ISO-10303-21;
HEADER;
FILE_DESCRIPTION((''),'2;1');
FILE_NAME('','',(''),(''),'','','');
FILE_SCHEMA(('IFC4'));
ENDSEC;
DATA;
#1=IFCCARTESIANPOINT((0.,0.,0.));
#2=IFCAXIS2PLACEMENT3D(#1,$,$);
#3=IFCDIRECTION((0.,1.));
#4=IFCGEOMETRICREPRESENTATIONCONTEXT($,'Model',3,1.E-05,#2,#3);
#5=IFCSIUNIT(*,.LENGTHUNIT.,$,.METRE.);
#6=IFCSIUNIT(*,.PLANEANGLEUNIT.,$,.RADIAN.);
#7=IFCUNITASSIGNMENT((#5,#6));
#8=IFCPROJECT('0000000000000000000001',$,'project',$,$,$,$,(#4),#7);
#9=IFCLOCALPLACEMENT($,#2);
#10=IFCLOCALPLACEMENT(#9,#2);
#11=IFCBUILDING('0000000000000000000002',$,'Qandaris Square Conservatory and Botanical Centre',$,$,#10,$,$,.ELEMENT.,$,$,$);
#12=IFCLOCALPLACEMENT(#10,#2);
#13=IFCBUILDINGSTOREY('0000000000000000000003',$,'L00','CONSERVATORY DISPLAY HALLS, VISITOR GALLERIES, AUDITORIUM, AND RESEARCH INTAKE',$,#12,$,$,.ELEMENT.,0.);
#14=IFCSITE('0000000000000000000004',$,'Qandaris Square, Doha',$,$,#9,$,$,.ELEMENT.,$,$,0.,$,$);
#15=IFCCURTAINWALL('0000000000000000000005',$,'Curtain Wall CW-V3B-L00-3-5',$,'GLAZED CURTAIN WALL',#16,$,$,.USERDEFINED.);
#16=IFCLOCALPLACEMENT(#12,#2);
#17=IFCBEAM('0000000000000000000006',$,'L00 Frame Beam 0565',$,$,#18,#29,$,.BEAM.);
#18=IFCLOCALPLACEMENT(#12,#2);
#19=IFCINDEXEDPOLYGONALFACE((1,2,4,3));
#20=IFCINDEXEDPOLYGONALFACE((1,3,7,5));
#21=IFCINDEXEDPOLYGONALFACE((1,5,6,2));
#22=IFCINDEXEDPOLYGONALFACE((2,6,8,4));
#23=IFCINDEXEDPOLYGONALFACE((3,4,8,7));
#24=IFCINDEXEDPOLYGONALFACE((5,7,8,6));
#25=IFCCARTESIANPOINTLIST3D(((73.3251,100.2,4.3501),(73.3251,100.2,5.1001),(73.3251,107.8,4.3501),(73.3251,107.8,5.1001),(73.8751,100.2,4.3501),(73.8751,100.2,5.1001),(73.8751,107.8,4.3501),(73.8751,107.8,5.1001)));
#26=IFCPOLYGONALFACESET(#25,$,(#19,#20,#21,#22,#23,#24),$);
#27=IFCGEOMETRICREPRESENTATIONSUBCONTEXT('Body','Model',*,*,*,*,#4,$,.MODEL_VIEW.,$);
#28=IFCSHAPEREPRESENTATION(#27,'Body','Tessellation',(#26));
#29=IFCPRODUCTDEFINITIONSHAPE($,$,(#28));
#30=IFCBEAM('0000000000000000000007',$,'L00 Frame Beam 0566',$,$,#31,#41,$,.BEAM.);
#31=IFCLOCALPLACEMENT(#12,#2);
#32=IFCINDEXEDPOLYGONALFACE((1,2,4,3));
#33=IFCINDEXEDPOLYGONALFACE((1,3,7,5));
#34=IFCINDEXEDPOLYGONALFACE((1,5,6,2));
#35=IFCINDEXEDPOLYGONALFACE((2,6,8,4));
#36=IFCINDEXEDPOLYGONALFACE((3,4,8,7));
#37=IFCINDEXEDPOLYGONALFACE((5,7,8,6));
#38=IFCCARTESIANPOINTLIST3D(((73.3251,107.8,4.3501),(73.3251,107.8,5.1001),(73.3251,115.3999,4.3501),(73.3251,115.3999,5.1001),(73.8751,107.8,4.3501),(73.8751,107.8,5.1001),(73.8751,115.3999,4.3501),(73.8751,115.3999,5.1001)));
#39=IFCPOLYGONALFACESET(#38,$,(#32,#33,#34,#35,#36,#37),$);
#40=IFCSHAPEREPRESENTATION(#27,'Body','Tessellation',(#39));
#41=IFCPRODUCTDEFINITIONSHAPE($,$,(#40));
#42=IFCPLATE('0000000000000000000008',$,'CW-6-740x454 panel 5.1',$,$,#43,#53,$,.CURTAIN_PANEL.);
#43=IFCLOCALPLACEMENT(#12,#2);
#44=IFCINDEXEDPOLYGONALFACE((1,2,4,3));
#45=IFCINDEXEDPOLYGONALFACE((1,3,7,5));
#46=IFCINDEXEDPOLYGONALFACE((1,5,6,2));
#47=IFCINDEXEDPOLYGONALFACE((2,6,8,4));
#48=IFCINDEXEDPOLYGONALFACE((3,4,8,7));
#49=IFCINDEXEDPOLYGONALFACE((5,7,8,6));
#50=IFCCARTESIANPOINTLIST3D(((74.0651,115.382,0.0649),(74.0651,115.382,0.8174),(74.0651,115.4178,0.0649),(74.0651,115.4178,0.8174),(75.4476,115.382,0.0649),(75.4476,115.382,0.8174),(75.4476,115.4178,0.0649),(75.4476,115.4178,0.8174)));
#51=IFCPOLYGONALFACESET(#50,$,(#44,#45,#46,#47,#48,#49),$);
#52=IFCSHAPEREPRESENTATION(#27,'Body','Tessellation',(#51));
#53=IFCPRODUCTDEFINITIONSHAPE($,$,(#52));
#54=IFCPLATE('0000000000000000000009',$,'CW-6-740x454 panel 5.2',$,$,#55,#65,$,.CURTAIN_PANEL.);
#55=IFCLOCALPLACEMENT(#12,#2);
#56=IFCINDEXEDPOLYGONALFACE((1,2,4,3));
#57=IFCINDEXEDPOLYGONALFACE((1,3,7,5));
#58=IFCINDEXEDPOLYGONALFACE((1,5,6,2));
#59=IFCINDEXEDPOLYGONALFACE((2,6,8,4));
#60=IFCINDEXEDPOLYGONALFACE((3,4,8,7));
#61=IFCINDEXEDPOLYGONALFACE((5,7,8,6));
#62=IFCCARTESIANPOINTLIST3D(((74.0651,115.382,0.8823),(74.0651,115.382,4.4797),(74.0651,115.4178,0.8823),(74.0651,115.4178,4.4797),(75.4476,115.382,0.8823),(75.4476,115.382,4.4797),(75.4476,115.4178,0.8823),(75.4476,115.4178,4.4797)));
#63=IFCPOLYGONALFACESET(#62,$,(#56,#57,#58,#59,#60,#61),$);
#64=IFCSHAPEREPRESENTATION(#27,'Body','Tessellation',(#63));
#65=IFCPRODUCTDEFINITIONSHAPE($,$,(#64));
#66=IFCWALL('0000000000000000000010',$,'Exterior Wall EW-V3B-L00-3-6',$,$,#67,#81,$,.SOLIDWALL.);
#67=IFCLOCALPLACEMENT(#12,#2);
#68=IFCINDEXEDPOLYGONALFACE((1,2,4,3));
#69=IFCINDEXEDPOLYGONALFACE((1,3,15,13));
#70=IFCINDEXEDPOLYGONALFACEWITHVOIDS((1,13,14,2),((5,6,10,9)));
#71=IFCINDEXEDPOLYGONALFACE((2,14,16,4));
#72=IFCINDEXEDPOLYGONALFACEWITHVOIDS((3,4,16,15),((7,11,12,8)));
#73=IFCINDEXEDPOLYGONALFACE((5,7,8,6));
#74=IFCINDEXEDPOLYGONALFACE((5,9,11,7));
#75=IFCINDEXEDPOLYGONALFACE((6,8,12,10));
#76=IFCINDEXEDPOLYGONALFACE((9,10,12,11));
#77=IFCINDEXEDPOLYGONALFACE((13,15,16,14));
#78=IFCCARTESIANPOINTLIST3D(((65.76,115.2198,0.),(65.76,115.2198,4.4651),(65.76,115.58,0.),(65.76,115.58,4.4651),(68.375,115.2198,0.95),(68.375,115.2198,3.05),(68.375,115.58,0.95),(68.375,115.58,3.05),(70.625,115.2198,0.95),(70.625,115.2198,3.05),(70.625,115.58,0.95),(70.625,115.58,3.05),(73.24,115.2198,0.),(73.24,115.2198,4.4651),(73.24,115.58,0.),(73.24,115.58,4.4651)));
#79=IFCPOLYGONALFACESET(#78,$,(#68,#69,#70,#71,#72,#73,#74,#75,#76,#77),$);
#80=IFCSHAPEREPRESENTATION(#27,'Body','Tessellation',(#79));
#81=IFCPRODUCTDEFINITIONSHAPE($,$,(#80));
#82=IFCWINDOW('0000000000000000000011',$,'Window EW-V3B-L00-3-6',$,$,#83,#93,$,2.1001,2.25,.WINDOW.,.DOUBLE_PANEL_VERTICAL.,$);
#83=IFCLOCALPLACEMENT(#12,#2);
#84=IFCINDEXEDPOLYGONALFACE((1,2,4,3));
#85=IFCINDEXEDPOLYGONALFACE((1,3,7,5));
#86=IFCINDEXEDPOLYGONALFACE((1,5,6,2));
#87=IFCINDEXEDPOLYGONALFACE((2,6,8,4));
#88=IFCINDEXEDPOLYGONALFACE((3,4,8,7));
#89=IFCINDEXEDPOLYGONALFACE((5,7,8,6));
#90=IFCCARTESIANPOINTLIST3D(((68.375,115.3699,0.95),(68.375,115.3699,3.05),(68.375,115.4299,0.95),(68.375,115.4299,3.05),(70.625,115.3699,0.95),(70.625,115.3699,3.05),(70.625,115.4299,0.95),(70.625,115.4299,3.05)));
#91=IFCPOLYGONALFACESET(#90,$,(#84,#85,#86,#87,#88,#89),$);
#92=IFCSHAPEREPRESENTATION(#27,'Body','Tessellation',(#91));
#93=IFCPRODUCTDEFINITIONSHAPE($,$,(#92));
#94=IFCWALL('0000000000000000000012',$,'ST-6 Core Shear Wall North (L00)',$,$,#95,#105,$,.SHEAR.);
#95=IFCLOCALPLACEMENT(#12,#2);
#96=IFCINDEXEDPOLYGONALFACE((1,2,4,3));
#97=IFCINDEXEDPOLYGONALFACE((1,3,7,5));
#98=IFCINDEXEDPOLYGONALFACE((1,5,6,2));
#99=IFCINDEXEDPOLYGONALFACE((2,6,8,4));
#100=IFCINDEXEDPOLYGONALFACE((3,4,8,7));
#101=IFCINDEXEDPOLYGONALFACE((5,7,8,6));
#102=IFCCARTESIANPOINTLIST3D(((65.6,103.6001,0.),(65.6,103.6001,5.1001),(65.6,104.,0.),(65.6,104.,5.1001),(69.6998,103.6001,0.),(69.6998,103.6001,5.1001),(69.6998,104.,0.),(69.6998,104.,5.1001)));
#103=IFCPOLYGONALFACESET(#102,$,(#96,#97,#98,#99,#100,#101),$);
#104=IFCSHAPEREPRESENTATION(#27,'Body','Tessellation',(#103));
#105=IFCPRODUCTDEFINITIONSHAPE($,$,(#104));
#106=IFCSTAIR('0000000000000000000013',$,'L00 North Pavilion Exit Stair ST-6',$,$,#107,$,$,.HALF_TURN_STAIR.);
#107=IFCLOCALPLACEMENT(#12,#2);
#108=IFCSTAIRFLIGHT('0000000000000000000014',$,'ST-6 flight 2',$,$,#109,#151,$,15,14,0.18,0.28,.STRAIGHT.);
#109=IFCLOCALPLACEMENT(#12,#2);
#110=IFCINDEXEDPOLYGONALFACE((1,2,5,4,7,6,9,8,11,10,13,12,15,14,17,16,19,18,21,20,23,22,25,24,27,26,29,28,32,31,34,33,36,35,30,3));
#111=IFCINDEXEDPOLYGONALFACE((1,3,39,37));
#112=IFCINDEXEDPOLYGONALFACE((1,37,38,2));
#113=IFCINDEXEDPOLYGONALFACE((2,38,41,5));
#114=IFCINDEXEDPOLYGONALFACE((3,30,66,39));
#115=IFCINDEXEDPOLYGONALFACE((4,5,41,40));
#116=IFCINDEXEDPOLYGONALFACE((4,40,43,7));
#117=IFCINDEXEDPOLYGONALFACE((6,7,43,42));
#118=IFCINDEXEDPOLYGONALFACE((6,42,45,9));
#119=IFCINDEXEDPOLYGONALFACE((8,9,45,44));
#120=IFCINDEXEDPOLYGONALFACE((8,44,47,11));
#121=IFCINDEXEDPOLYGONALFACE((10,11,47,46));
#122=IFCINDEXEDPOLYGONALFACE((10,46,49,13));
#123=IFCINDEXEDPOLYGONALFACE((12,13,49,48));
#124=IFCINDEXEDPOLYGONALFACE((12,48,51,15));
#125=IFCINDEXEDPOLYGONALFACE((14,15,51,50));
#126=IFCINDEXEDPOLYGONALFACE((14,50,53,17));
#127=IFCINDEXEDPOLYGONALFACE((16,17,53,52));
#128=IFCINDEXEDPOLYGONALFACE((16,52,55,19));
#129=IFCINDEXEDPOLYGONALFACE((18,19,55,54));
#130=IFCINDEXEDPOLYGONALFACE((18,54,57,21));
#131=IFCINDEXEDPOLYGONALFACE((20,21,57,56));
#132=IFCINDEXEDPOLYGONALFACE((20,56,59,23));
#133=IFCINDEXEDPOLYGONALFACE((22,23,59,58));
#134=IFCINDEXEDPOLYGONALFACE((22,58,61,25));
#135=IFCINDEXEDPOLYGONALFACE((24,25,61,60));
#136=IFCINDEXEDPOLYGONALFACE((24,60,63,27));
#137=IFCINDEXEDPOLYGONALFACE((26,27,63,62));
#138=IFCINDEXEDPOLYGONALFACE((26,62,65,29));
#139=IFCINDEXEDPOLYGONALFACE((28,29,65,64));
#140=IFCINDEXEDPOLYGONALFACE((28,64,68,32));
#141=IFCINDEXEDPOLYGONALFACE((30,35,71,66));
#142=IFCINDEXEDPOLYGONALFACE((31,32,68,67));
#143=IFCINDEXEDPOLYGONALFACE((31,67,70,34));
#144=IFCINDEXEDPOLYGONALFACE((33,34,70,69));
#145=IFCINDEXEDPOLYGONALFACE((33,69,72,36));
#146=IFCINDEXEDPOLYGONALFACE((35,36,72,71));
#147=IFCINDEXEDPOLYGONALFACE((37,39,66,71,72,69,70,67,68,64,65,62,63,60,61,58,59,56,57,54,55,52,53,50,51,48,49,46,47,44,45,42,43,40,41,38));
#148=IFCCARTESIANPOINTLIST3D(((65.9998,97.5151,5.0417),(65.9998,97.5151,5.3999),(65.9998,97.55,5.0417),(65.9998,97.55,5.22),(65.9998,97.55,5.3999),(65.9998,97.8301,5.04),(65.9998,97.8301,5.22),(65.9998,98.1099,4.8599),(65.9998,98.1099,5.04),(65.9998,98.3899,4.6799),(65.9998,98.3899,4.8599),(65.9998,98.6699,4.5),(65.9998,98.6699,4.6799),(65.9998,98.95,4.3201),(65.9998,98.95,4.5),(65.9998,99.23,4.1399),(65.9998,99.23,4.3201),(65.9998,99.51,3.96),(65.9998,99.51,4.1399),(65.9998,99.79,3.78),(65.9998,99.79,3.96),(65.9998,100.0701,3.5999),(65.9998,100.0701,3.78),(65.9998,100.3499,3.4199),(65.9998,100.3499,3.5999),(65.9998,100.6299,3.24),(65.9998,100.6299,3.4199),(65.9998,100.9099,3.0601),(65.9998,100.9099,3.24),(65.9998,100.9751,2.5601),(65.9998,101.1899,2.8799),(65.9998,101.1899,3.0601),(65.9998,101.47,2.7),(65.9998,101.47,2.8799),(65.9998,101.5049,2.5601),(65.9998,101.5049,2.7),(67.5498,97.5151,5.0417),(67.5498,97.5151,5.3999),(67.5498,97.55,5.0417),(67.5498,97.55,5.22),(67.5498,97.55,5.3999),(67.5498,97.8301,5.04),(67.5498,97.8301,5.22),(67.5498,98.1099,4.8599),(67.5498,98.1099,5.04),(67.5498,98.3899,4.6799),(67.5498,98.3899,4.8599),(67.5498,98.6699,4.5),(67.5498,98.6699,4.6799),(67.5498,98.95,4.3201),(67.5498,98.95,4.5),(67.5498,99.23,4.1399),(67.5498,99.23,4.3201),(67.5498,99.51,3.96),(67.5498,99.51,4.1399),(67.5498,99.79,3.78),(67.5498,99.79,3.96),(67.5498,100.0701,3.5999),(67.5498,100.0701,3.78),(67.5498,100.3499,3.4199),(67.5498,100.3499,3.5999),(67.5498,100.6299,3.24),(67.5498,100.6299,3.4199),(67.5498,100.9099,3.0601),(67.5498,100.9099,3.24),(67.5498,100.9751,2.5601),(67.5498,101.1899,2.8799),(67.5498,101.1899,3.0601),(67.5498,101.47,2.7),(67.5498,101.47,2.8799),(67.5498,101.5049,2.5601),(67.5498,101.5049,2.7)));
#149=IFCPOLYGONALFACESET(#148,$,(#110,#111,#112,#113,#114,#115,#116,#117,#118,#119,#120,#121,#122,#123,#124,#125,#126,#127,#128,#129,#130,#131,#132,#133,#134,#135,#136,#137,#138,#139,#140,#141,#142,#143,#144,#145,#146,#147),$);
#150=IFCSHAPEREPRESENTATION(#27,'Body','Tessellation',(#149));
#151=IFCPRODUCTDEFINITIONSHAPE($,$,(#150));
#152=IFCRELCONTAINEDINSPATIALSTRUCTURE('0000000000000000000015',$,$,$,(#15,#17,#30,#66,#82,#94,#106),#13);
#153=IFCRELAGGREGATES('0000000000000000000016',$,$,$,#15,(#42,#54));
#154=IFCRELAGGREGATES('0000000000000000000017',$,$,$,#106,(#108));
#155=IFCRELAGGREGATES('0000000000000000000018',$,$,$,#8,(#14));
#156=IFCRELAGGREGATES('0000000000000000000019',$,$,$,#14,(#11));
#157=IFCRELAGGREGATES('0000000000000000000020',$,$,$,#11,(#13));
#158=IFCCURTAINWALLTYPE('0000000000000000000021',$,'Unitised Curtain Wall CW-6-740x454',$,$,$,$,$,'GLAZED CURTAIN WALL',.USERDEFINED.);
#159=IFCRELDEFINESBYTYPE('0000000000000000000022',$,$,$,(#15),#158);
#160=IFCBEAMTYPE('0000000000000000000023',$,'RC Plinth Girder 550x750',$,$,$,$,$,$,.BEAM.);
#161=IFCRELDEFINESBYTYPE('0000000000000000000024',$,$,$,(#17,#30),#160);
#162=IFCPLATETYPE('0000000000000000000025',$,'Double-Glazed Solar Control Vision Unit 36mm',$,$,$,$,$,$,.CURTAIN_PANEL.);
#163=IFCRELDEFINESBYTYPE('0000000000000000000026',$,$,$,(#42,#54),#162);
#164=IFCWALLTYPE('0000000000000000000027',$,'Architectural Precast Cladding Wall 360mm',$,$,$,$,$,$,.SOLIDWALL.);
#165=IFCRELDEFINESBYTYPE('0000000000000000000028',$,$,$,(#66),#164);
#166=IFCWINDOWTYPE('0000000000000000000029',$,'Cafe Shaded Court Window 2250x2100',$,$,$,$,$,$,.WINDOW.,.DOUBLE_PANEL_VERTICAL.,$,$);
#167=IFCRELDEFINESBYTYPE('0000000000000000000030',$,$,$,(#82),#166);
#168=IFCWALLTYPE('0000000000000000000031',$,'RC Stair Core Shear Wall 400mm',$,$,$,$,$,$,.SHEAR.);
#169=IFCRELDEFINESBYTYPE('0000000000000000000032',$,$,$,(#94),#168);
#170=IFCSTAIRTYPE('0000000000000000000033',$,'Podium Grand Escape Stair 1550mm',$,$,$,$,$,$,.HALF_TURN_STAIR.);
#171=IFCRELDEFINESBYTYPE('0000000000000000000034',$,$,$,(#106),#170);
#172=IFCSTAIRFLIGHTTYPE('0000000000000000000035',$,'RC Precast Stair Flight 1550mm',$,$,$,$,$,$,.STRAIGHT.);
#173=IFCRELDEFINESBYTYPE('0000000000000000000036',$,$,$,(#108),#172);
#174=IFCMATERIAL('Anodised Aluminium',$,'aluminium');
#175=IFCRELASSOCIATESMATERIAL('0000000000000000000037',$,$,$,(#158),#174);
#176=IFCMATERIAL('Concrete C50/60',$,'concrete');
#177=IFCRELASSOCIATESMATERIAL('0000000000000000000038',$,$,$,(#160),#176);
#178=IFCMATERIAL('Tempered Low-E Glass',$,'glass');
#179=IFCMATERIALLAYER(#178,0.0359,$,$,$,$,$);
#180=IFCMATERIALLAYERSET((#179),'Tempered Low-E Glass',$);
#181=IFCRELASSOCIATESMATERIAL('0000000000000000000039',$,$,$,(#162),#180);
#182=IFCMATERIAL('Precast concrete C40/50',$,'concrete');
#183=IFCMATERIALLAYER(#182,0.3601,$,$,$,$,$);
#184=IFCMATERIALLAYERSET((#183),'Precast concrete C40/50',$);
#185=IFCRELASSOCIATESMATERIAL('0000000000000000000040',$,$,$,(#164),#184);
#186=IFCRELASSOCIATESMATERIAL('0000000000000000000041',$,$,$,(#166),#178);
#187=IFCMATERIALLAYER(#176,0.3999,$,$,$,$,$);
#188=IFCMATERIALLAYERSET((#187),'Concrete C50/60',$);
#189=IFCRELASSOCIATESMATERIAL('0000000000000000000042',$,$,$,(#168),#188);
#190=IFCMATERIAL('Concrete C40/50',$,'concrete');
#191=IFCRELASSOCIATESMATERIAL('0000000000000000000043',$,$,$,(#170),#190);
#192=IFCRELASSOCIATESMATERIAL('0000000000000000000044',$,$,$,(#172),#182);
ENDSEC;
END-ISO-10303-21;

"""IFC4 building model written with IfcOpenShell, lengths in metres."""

from ifc_helpers import new_model, si_unit, direction, frame, frame_2d, origin, origin_2d, place, context, subcontext, project, spatial, polyline, rectangle, outline, extrude, material, layer, layer_set, material_profile, profile_set, type_object, element, fill, aggregate, save


model = new_model("IFC4")

# Units and contexts
model_context = context("Model", 3, precision=1e-05, world=origin(), true_north=direction((0.0, 1.0)))
body_context = subcontext(model_context, "Body", "Model", "MODEL_VIEW")
ifc_project = project(units=[si_unit("LENGTHUNIT", "METRE"), si_unit("PLANEANGLEUNIT", "RADIAN")], contexts=[model_context])

# Site, building, storey
site_placement = place(None, origin())
site = spatial("IfcSite", under=ifc_project, at=site_placement, Name="Qandaris Square, Doha", CompositionType="ELEMENT", RefElevation=0.0)
building_placement = place(site_placement, origin())
building = spatial("IfcBuilding", under=site, at=building_placement, Name="Qandaris Square Conservatory and Botanical Centre", CompositionType="ELEMENT")
storey_placement = place(building_placement, origin())
storey = spatial("IfcBuildingStorey", under=building, at=storey_placement, Name="L00", Description="CONSERVATORY DISPLAY HALLS, VISITOR GALLERIES, AUDITORIUM, AND RESEARCH INTAKE", CompositionType="ELEMENT", Elevation=0.0)

# Shared definitions
ifc_material_1 = material(Name="Concrete C50/60", Category="concrete")

# Shared definitions
ifc_material_2 = material(Name="Concrete C40/50", Category="concrete")

# Curtain wall
ifc_material_3 = material(Name="Anodised Aluminium", Category="aluminium")
curtain_wall_type = type_object("IfcCurtainWallType", Name="Unitised Curtain Wall CW-6-740x454", ElementType="GLAZED CURTAIN WALL", PredefinedType="USERDEFINED", material=ifc_material_3)
curtain_wall_placement = place(storey_placement, origin())
curtain_wall = element("IfcCurtainWall", 1, at=curtain_wall_placement, inside=storey, type_object=curtain_wall_type, Name="Curtain Wall CW-V3B-L00-3-5", ObjectType="GLAZED CURTAIN WALL", PredefinedType="USERDEFINED")

# Beams
ifc_material_profile_1 = material_profile(ifc_material_1, rectangle(XDim=0.55, YDim=0.75, at=origin_2d()), Name="RC-BM 550x750")
ifc_profile_set_1 = profile_set([ifc_material_profile_1], Name="Concrete C50/60")
beam_type_1 = type_object("IfcBeamType", Name="RC Plinth Girder 550x750", PredefinedType="BEAM", material=ifc_profile_set_1)
beam_1_placement = place(storey_placement, frame((73.6001, 100.2, 4.7251), z_axis=(0.0, 1.0, 0.0), x_axis=(-1.0, 0.0, 0.0)))
element("IfcBeam", 2, at=beam_1_placement, inside=storey, type_object=beam_type_1, Name="L00 Frame Beam 0565", PredefinedType="BEAM", context=body_context, shape_type="SweptSolid", body=[
    extrude(rectangle(XDim=0.55, YDim=0.75, at=origin_2d()), origin(), (0.0, 0.0, 1.0), 7.6001),
])
beam_2_placement = place(storey_placement, frame((73.6001, 107.8, 4.7251), z_axis=(0.0, 1.0, 0.0), x_axis=(-1.0, 0.0, 0.0)))
element("IfcBeam", 3, at=beam_2_placement, inside=storey, type_object=beam_type_1, Name="L00 Frame Beam 0566", PredefinedType="BEAM", context=body_context, shape_type="SweptSolid", body=[
    extrude(rectangle(XDim=0.55, YDim=0.75, at=origin_2d()), origin(), (0.0, 0.0, 1.0), 7.5999),
])

# Plates
ifc_material_4 = material(Name="Tempered Low-E Glass", Category="glass")
ifc_layer_1 = layer(ifc_material_4, 0.0359)
ifc_layer_set_1 = layer_set([ifc_layer_1], Name="Tempered Low-E Glass")
plate_type = type_object("IfcPlateType", Name="Double-Glazed Solar Control Vision Unit 36mm", PredefinedType="CURTAIN_PANEL", material=ifc_layer_set_1)
plate_1_placement = place(storey_placement, frame((74.7563, 115.3999, 0.0649), z_axis=(0.0, 0.0, 1.0), x_axis=(-1.0, 0.0, 0.0)))
plate_1 = element("IfcPlate", 4, at=plate_1_placement, type_object=plate_type, Name="CW-6-740x454 panel 5.1", PredefinedType="CURTAIN_PANEL", context=body_context, shape_type="SweptSolid", body=[
    extrude(rectangle(XDim=1.3826, YDim=0.0359, at=origin_2d()), origin(), (0.0, 0.0, 1.0), 0.7524),
])
plate_2_placement = place(storey_placement, frame((74.7563, 115.3999, 0.8823), z_axis=(0.0, 0.0, 1.0), x_axis=(-1.0, 0.0, 0.0)))
plate_2 = element("IfcPlate", 5, at=plate_2_placement, type_object=plate_type, Name="CW-6-740x454 panel 5.2", PredefinedType="CURTAIN_PANEL", context=body_context, shape_type="SweptSolid", body=[
    extrude(rectangle(XDim=1.3826, YDim=0.0359, at=origin_2d()), origin(), (0.0, 0.0, 1.0), 3.5974),
])
aggregate(curtain_wall, [plate_1, plate_2])

# Wall, opening, window
ifc_material_5 = material(Name="Precast concrete C40/50", Category="concrete")
ifc_layer_2 = layer(ifc_material_5, 0.3601)
ifc_layer_set_2 = layer_set([ifc_layer_2], Name="Precast concrete C40/50")
wall_type_1 = type_object("IfcWallType", Name="Architectural Precast Cladding Wall 360mm", PredefinedType="SOLIDWALL", material=ifc_layer_set_2)
wall_1_placement = place(storey_placement, frame((73.24, 115.3999, 0.0), z_axis=(0.0, 0.0, 1.0), x_axis=(-1.0, 0.0, 0.0)))
wall_1 = element("IfcWall", 6, at=wall_1_placement, inside=storey, type_object=wall_type_1, Name="Exterior Wall EW-V3B-L00-3-6", PredefinedType="SOLIDWALL", context=body_context, shape_type="SweptSolid", body=[
    extrude(rectangle(XDim=7.48, YDim=0.3601, at=frame_2d((3.74, 0.0))), origin(), (0.0, 0.0, 1.0), 4.4651),
])
opening_placement = place(wall_1_placement, frame((2.615, 0.0, 0.95)))
opening = element("IfcOpeningElement", 7, at=opening_placement, cuts=wall_1, PredefinedType="OPENING", context=body_context, shape_type="SweptSolid", body=[
    extrude(rectangle(XDim=2.25, YDim=2.1001, at=frame_2d((1.125, 1.05))), frame((0.0, 0.1919, 0.0), z_axis=(0.0, -1.0, 0.0), x_axis=(1.0, 0.0, 0.0)), (0.0, 0.0, 1.0), 0.384),
])
window_type = type_object("IfcWindowType", Name="Cafe Shaded Court Window 2250x2100", PartitioningType="DOUBLE_PANEL_VERTICAL", PredefinedType="WINDOW", material=ifc_material_4)
window_placement = place(opening_placement, origin())
window = element("IfcWindow", 8, at=window_placement, inside=storey, type_object=window_type, Name="Window EW-V3B-L00-3-6", OverallHeight=2.1001, OverallWidth=2.25, PartitioningType="DOUBLE_PANEL_VERTICAL", PredefinedType="WINDOW", context=body_context, shape_type="SweptSolid", body=[
    extrude(rectangle(XDim=2.25, YDim=2.1001, at=frame_2d((1.125, 1.05))), frame((0.0, 0.03, 0.0), z_axis=(0.0, -1.0, 0.0), x_axis=(1.0, 0.0, 0.0)), (0.0, 0.0, 1.0), 0.0601),
])
fill(opening, window)

# Wall
ifc_layer_3 = layer(ifc_material_1, 0.3999)
ifc_layer_set_3 = layer_set([ifc_layer_3], Name="Concrete C50/60")
wall_type_2 = type_object("IfcWallType", Name="RC Stair Core Shear Wall 400mm", PredefinedType="SHEAR", material=ifc_layer_set_3)
wall_2_placement = place(storey_placement, frame((65.6001, 103.8, 0.0), z_axis=(0.0, 0.0, 1.0), x_axis=(1.0, 0.0, 0.0)))
element("IfcWall", 9, at=wall_2_placement, inside=storey, type_object=wall_type_2, Name="ST-6 Core Shear Wall North (L00)", PredefinedType="SHEAR", context=body_context, shape_type="SweptSolid", body=[
    extrude(rectangle(XDim=4.0999, YDim=0.3999, at=frame_2d((2.0498, 0.0))), origin(), (0.0, 0.0, 1.0), 5.1001),
])

# Stair, stair flight
stair_type = type_object("IfcStairType", Name="Podium Grand Escape Stair 1550mm", PredefinedType="HALF_TURN_STAIR", material=ifc_material_2)
stair_placement = place(storey_placement, origin())
stair = element("IfcStair", 10, at=stair_placement, inside=storey, type_object=stair_type, Name="L00 North Pavilion Exit Stair ST-6", PredefinedType="HALF_TURN_STAIR")
stair_flight_type = type_object("IfcStairFlightType", Name="RC Precast Stair Flight 1550mm", PredefinedType="STRAIGHT", material=ifc_material_5)
stair_flight_placement = place(storey_placement, frame((66.7749, 101.47, 2.7), z_axis=(0.0, 0.0, 1.0), x_axis=(0.0, -1.0, 0.0)))
stair_flight = element("IfcStairFlight", 11, at=stair_flight_placement, type_object=stair_flight_type, Name="ST-6 flight 2", NumberOfRisers=15, NumberOfTreads=14, PredefinedType="STRAIGHT", RiserHeight=0.18, TreadLength=0.28, context=body_context, shape_type="SweptSolid", body=[
    extrude(outline(polyline([(-0.0349, 0.0), (0.0, 0.0), (0.0, 0.1799), (0.28, 0.1799), (0.28, 0.3601), (0.5601, 0.3601), (0.5601, 0.54), (0.8401, 0.54), (0.8401, 0.72), (1.1201, 0.72), (1.1201, 0.8999), (1.3999, 0.8999), (1.3999, 1.0801), (1.6799, 1.0801), (1.6799, 1.26), (1.96, 1.26), (1.96, 1.4399), (2.24, 1.4399), (2.24, 1.6201), (2.52, 1.6201), (2.52, 1.8), (2.8, 1.8), (2.8, 1.98), (3.0801, 1.98), (3.0801, 2.1599), (3.3601, 2.1599), (3.3601, 2.3401), (3.6399, 2.3401), (3.6399, 2.52), (3.9199, 2.52), (3.9199, 2.7), (3.9548, 2.7), (3.9548, 2.3418), (3.9199, 2.3418), (0.4949, -0.1399), (-0.0349, -0.1399), (-0.0349, 0.0)])), frame((0.0, 0.7749, 0.0), z_axis=(0.0, -1.0, 0.0), x_axis=(1.0, 0.0, 0.0)), (0.0, 0.0, 1.0), 1.55),
])
aggregate(stair, [stair_flight])

save(model, "model.ifc")
